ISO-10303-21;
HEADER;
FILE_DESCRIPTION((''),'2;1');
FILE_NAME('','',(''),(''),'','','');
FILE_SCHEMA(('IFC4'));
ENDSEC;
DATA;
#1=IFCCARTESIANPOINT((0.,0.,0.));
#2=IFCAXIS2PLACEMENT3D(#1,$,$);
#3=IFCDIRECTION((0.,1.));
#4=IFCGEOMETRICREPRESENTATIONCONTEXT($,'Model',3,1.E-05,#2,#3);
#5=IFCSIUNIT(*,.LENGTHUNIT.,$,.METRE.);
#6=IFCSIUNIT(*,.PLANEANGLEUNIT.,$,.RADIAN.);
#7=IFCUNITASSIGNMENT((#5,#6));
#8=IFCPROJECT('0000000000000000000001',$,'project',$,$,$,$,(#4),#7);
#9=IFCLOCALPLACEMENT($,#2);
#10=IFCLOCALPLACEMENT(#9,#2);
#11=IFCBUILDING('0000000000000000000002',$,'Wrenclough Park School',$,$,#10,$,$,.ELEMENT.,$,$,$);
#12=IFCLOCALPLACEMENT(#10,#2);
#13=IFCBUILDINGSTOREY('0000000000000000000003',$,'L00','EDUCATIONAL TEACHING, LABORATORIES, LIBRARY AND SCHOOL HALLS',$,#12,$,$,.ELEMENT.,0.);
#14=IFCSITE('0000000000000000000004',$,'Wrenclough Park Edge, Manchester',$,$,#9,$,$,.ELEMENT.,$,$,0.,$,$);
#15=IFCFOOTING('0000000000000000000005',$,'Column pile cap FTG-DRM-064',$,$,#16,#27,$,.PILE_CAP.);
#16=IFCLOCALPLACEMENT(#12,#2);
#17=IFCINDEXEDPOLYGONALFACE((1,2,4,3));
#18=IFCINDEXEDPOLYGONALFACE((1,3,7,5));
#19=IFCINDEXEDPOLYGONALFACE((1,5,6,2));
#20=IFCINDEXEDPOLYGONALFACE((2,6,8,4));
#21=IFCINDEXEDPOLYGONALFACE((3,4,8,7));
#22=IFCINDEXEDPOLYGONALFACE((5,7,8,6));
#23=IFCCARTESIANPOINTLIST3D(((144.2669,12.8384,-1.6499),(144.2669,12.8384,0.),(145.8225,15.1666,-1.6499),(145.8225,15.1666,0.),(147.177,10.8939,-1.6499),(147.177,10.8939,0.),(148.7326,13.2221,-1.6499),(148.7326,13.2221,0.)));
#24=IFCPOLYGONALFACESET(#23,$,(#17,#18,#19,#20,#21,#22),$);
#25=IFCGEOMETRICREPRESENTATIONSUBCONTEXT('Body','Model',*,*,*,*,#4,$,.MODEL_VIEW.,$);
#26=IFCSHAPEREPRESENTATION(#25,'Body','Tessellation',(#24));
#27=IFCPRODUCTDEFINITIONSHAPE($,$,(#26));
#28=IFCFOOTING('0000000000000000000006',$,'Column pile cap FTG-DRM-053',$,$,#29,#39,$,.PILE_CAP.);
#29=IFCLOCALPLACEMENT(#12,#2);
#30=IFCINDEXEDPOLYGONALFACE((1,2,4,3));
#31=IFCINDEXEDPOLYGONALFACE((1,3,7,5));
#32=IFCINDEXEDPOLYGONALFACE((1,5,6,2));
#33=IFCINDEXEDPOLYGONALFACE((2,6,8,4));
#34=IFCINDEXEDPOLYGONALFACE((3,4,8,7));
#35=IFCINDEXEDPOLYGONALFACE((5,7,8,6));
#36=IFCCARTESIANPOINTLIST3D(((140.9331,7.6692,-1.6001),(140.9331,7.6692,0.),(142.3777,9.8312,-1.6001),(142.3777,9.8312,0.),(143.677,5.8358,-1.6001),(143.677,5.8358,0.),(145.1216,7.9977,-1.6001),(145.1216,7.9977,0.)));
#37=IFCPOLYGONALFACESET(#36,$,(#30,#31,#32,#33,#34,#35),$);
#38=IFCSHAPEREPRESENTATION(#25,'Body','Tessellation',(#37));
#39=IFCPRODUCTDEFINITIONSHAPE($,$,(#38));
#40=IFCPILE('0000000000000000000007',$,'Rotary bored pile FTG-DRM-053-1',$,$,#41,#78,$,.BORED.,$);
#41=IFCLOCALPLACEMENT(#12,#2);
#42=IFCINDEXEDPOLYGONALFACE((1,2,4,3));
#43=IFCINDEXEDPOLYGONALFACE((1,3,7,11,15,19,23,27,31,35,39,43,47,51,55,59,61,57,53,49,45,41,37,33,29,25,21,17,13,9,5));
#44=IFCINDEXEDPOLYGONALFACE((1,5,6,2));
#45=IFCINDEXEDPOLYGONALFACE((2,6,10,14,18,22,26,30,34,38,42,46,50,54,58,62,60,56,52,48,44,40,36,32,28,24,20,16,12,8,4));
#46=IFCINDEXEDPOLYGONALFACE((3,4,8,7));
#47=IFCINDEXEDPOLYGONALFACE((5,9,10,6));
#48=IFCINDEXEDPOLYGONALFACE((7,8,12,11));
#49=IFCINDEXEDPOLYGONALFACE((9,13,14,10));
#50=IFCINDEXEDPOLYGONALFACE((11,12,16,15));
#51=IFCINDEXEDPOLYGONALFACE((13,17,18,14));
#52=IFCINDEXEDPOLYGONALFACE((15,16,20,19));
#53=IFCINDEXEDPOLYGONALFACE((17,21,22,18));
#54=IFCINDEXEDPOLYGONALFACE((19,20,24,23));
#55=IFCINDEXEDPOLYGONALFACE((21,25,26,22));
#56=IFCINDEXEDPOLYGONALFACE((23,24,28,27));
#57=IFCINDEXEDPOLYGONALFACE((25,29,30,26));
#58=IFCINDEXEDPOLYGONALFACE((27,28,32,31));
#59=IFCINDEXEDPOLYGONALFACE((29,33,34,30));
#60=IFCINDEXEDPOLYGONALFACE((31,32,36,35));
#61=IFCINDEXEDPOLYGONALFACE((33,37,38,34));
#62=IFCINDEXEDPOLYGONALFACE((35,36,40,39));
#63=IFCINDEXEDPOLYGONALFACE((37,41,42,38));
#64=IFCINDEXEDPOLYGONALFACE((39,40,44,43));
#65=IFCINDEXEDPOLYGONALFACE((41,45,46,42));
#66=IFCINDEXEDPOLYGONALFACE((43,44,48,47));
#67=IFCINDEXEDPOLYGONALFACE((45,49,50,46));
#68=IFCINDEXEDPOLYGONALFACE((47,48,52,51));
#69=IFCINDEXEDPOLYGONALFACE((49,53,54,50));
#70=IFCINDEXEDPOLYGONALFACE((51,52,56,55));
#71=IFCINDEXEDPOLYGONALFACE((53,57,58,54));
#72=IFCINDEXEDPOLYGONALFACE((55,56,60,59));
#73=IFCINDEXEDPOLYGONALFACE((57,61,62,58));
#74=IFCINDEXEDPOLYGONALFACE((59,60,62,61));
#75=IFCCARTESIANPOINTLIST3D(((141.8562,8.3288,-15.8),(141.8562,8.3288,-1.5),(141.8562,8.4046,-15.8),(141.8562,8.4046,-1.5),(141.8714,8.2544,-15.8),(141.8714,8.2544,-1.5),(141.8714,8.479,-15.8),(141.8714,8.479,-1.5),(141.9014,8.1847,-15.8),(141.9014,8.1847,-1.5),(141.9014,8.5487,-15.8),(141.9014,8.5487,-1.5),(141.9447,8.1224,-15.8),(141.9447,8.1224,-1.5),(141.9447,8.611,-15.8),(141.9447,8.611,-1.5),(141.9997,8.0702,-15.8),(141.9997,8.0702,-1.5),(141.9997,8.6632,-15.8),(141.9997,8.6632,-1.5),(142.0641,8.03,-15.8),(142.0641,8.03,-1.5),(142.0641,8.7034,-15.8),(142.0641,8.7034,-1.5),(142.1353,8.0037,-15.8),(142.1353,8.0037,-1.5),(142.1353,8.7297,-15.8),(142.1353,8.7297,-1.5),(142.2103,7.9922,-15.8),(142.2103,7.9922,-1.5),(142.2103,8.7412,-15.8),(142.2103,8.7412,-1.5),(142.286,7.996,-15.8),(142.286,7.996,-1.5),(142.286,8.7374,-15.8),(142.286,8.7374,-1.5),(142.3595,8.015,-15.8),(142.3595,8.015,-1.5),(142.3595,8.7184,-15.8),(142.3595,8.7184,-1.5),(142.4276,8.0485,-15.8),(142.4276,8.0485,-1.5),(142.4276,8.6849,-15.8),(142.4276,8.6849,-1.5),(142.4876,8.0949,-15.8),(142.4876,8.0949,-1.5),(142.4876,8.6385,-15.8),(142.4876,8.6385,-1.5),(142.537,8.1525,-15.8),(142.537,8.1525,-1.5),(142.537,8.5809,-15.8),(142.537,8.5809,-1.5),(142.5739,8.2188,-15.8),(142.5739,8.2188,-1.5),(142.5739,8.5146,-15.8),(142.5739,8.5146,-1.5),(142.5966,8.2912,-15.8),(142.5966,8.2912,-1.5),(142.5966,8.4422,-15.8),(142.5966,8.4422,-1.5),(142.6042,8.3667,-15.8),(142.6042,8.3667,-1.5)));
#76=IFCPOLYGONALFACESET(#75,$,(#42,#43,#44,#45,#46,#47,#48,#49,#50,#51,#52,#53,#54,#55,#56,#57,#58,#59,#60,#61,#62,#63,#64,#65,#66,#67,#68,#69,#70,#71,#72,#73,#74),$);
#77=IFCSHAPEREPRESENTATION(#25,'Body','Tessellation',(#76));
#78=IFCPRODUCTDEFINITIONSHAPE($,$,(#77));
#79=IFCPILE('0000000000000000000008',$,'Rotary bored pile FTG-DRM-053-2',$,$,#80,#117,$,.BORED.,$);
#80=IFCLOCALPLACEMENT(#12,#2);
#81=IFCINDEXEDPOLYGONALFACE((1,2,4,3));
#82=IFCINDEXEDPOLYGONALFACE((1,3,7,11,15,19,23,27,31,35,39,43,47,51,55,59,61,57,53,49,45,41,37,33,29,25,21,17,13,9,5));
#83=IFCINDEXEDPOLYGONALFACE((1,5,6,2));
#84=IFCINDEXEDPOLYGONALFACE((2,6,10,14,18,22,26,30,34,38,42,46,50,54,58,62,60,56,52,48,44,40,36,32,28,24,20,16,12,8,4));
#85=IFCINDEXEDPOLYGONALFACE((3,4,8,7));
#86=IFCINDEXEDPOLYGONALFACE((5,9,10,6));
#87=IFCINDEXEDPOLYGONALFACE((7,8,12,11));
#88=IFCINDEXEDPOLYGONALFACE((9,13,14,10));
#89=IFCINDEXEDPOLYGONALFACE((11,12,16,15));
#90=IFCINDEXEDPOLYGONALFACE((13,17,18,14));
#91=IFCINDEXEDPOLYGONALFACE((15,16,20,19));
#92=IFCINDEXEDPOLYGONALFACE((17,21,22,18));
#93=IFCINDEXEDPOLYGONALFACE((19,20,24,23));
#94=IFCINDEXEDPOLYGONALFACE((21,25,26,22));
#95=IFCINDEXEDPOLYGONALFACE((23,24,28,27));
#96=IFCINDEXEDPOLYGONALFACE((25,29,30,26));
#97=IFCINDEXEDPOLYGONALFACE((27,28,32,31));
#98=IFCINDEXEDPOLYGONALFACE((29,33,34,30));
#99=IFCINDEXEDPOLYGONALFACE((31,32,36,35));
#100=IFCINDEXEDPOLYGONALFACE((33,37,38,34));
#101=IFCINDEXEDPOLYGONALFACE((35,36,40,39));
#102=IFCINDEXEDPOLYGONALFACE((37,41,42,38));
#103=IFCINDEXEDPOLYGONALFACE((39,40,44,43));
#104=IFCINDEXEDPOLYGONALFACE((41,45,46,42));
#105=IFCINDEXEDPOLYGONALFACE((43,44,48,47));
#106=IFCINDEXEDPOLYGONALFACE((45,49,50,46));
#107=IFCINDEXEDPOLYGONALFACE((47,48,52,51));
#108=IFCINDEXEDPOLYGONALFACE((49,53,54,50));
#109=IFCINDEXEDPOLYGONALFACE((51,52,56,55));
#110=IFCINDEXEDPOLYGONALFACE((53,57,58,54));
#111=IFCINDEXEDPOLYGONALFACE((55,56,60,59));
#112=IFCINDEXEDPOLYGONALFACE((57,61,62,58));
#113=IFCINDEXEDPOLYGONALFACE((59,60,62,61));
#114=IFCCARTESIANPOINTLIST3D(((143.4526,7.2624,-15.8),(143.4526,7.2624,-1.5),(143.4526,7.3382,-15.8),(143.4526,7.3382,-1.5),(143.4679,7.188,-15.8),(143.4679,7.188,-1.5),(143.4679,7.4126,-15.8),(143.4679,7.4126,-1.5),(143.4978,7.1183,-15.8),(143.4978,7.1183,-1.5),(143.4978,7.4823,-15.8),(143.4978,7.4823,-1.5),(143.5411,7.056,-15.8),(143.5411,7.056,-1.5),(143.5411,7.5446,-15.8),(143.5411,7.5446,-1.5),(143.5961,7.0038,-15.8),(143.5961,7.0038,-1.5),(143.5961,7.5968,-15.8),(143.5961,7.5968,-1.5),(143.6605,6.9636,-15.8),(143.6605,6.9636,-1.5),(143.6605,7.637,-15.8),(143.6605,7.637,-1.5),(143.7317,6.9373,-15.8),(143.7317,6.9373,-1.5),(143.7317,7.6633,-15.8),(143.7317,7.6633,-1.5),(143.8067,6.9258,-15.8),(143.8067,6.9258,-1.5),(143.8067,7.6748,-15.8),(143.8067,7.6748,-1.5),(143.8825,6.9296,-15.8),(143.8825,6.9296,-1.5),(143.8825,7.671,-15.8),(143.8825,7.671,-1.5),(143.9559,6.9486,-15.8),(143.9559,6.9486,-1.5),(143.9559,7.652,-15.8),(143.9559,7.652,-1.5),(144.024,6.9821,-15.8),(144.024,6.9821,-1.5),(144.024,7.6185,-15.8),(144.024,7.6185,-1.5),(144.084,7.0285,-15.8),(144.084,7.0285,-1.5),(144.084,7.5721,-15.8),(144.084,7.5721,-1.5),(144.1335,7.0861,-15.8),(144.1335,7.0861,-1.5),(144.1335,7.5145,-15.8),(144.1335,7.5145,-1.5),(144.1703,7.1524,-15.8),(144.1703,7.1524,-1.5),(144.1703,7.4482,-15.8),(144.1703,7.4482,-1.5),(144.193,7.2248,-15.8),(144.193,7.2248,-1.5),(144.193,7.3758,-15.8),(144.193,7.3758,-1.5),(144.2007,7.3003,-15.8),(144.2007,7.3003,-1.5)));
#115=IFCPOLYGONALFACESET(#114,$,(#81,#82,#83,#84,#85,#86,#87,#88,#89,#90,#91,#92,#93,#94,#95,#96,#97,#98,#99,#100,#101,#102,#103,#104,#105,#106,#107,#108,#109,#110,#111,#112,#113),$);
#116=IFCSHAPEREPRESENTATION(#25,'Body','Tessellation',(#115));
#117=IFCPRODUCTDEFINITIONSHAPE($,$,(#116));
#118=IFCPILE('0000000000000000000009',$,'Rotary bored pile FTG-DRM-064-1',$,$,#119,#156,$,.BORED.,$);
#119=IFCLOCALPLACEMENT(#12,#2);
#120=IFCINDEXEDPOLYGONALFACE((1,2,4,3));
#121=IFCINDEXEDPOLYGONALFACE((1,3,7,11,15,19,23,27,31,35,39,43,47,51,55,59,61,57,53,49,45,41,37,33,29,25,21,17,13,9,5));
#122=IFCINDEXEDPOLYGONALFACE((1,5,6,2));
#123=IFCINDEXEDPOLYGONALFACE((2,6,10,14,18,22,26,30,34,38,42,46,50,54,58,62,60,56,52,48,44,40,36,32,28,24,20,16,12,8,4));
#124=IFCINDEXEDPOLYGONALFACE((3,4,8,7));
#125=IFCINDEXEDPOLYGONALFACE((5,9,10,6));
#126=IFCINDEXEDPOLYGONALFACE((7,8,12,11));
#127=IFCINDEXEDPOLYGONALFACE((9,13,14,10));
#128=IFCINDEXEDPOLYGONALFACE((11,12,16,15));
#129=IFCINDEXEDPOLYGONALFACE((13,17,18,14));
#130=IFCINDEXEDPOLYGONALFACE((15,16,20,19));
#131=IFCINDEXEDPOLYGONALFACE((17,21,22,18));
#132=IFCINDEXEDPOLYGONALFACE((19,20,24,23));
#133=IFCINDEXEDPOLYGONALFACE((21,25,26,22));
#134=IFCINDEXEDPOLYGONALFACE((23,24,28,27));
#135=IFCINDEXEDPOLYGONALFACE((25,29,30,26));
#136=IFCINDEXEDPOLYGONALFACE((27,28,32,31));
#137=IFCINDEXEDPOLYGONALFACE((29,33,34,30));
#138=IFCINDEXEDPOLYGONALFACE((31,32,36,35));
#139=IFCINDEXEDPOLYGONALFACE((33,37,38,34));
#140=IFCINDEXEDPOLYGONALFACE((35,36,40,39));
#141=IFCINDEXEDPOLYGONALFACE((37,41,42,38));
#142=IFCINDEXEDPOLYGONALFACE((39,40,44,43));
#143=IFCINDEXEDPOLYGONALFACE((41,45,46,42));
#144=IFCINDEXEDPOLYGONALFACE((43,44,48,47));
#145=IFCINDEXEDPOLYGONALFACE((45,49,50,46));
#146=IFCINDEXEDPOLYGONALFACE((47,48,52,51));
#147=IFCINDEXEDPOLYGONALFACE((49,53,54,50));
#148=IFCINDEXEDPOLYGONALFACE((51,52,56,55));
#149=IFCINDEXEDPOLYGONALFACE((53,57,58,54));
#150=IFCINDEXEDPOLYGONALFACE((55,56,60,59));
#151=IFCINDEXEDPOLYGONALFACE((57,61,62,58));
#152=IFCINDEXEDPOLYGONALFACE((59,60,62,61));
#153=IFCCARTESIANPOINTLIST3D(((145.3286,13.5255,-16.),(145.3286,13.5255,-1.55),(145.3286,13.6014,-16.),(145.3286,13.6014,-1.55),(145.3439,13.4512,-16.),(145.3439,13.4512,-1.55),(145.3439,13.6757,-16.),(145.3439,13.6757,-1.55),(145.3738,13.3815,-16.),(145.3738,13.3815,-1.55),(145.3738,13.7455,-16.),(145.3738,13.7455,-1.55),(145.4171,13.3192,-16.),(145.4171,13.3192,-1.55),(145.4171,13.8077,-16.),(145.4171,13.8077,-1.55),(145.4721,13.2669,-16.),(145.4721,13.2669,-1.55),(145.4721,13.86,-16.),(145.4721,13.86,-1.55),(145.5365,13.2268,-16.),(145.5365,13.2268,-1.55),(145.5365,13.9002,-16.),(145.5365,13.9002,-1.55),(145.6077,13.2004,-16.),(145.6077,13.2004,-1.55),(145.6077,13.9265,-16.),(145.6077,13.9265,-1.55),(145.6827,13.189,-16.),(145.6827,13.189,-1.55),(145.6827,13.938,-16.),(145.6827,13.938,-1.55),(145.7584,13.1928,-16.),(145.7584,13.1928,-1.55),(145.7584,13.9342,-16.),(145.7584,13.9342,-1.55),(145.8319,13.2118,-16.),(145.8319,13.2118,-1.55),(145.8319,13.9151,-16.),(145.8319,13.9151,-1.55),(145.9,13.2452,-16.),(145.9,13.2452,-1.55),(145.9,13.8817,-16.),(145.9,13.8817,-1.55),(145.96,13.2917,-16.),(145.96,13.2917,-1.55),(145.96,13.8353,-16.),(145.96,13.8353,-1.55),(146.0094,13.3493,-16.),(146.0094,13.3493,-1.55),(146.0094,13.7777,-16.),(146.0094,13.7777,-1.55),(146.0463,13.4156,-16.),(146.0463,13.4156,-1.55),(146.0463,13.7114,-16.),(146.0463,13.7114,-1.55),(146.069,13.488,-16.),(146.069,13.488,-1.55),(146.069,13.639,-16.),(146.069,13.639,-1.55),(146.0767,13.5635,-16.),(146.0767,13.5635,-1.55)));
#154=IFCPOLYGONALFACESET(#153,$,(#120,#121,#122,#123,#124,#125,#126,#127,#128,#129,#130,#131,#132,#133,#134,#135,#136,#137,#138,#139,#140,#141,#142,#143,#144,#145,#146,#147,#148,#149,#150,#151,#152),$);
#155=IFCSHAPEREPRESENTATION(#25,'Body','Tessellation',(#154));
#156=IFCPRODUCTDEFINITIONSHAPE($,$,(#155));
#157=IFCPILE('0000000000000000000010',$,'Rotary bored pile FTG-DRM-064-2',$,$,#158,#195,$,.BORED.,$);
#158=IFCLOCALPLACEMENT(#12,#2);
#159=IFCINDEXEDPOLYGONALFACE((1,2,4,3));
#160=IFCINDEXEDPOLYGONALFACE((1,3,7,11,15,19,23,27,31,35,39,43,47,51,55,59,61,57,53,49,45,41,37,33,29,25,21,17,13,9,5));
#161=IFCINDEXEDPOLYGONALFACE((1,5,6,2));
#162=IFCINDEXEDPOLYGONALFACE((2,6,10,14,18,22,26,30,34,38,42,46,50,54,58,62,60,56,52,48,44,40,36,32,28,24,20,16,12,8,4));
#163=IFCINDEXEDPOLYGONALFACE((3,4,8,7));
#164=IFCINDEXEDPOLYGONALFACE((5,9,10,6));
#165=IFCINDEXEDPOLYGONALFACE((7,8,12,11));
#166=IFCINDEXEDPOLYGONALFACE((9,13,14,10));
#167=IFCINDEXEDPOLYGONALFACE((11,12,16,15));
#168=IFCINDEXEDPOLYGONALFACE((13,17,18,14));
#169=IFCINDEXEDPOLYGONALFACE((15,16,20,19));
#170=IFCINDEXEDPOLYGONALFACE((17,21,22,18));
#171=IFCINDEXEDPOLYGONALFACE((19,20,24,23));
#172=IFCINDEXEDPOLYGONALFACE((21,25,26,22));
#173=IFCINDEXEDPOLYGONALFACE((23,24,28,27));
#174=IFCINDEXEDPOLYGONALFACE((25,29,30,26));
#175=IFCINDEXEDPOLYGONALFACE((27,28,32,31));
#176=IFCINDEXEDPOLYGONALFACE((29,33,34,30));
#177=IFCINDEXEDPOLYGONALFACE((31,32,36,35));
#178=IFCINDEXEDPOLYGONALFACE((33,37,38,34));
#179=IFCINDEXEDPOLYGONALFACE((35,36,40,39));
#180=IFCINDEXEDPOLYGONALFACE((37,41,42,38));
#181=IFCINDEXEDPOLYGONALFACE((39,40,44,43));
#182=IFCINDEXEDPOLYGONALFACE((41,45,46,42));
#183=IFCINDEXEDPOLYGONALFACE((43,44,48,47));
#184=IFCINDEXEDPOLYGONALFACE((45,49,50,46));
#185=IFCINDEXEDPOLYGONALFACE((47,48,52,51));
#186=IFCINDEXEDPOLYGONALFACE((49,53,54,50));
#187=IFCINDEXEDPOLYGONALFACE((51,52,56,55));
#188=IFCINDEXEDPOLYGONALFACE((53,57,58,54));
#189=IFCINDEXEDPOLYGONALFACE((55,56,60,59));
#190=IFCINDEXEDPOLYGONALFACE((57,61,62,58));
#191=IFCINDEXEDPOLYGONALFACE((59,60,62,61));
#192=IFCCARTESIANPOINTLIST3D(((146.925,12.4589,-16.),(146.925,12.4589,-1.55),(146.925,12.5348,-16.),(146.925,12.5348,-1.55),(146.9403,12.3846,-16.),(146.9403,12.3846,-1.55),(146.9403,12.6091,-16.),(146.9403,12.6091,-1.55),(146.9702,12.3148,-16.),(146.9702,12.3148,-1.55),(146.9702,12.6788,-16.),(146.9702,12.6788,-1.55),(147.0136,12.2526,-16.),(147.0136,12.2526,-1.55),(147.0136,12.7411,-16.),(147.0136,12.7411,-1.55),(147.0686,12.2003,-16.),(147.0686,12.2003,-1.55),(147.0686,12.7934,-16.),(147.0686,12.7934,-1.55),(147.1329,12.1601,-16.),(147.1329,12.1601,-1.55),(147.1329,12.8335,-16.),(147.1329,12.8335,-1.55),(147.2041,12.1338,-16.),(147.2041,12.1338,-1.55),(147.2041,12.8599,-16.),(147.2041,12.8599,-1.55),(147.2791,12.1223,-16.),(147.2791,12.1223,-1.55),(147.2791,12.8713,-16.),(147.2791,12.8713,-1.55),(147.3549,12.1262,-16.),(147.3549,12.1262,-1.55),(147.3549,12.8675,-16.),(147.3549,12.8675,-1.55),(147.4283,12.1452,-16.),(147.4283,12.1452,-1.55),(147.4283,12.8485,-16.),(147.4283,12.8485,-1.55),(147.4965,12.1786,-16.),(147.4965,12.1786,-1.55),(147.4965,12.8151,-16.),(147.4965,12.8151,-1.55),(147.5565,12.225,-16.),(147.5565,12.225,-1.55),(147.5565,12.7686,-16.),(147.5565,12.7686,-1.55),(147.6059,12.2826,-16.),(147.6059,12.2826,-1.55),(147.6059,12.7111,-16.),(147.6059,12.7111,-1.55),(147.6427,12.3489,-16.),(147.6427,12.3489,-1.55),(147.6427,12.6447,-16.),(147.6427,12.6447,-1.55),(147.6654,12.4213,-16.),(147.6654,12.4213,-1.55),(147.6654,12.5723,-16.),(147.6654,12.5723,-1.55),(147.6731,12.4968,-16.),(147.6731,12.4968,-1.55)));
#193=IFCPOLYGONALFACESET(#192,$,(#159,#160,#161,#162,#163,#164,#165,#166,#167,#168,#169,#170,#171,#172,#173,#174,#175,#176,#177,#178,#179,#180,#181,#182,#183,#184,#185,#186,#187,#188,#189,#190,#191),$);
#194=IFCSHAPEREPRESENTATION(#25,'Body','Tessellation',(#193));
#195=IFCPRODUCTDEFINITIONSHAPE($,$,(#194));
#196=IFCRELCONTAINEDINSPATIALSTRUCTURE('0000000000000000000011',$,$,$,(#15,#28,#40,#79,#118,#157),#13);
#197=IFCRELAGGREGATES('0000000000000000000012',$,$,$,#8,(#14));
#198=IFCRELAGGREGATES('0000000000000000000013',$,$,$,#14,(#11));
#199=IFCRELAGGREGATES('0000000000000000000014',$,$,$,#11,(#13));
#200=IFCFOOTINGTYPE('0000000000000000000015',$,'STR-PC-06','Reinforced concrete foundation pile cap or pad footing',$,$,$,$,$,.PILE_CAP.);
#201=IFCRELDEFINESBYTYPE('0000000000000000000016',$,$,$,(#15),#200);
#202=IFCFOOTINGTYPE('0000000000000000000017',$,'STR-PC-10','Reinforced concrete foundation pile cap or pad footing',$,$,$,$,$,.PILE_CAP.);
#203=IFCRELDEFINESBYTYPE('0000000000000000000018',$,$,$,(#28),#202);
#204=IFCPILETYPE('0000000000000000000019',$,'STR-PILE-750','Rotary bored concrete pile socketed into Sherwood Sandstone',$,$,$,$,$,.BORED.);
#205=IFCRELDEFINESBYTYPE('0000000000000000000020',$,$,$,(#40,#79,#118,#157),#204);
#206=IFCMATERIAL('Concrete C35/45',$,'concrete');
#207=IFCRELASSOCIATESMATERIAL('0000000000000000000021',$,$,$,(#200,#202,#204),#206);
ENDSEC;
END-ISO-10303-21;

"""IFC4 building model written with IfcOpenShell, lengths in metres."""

from ifc_helpers import new_model, si_unit, direction, frame, origin, origin_2d, place, context, subcontext, project, spatial, rectangle, circle, extrude, material, material_profile, profile_set, type_object, element, save


model = new_model("IFC4")

# Units and contexts
model_context = context("Model", 3, precision=1e-05, world=origin(), true_north=direction((0.0, 1.0)))
body_context = subcontext(model_context, "Body", "Model", "MODEL_VIEW")
ifc_project = project(units=[si_unit("LENGTHUNIT", "METRE"), si_unit("PLANEANGLEUNIT", "RADIAN")], contexts=[model_context])

# Site, building, storey
site_placement = place(None, origin())
site = spatial("IfcSite", under=ifc_project, at=site_placement, Name="Wrenclough Park Edge, Manchester", CompositionType="ELEMENT", RefElevation=0.0)
building_placement = place(site_placement, origin())
building = spatial("IfcBuilding", under=site, at=building_placement, Name="Wrenclough Park School", CompositionType="ELEMENT")
storey_placement = place(building_placement, origin())
storey = spatial("IfcBuildingStorey", under=building, at=storey_placement, Name="L00", Description="EDUCATIONAL TEACHING, LABORATORIES, LIBRARY AND SCHOOL HALLS", CompositionType="ELEMENT", Elevation=0.0)

# Footings
ifc_material_1 = material(Name="Concrete C35/45", Category="concrete")
footing_type_1 = type_object("IfcFootingType", Name="STR-PC-06", Description="Reinforced concrete foundation pile cap or pad footing", PredefinedType="PILE_CAP", material=ifc_material_1)
footing_1_placement = place(storey_placement, frame((146.4998, 13.0303, -1.6499), z_axis=(0.0, 0.0, 1.0), x_axis=(0.83147, -0.55557, 0.0)))
element("IfcFooting", 1, at=footing_1_placement, inside=storey, type_object=footing_type_1, Name="Column pile cap FTG-DRM-064", PredefinedType="PILE_CAP", context=body_context, shape_type="SweptSolid", body=[
    extrude(rectangle(XDim=3.5, YDim=2.8, at=origin_2d()), origin(), (0.0, 0.0, 1.0), 1.6499),
])
footing_type_2 = type_object("IfcFootingType", Name="STR-PC-10", Description="Reinforced concrete foundation pile cap or pad footing", PredefinedType="PILE_CAP", material=ifc_material_1)
footing_2_placement = place(storey_placement, frame((143.0273, 7.8335, -1.6001), z_axis=(0.0, 0.0, 1.0), x_axis=(0.83147, -0.55557, 0.0)))
element("IfcFooting", 2, at=footing_2_placement, inside=storey, type_object=footing_type_2, Name="Column pile cap FTG-DRM-053", PredefinedType="PILE_CAP", context=body_context, shape_type="SweptSolid", body=[
    extrude(rectangle(XDim=3.3, YDim=2.6001, at=origin_2d()), origin(), (0.0, 0.0, 1.0), 1.6001),
])

# Piles
ifc_material_profile_1 = material_profile(ifc_material_1, circle(Radius=0.375, at=origin_2d()), Name="BORED PILE D750")
ifc_profile_set_1 = profile_set([ifc_material_profile_1], Name="Concrete C35/45")
pile_type = type_object("IfcPileType", Name="STR-PILE-750", Description="Rotary bored concrete pile socketed into Sherwood Sandstone", PredefinedType="BORED", material=ifc_profile_set_1)
for number, where, z_axis, x_axis, name in (
    (3, (142.2292, 8.3667, -1.5), (0.0, 0.0, -1.0), (1.0, 0.0, 0.0), "Rotary bored pile FTG-DRM-053-1"),
    (4, (143.8257, 7.3003, -1.5), (0.0, 0.0, -1.0), (1.0, 0.0, 0.0), "Rotary bored pile FTG-DRM-053-2"),
):
    element("IfcPile", number, at=place(storey_placement, frame(where, z_axis=z_axis, x_axis=x_axis)), inside=storey, type_object=pile_type, Name=name, PredefinedType="BORED", context=body_context, shape_type="SweptSolid", body=[
        extrude(circle(Radius=0.375, at=origin_2d()), origin(), (0.0, 0.0, 1.0), 14.3),
    ])
for number, where, z_axis, x_axis, name in (
    (5, (145.7017, 13.5635, -1.55), (0.0, 0.0, -1.0), (1.0, 0.0, 0.0), "Rotary bored pile FTG-DRM-064-1"),
    (6, (147.2981, 12.4968, -1.55), (0.0, 0.0, -1.0), (1.0, 0.0, 0.0), "Rotary bored pile FTG-DRM-064-2"),
):
    element("IfcPile", number, at=place(storey_placement, frame(where, z_axis=z_axis, x_axis=x_axis)), inside=storey, type_object=pile_type, Name=name, PredefinedType="BORED", context=body_context, shape_type="SweptSolid", body=[
        extrude(circle(Radius=0.375, at=origin_2d()), origin(), (0.0, 0.0, 1.0), 14.45),
    ])

save(model, "model.ifc")
